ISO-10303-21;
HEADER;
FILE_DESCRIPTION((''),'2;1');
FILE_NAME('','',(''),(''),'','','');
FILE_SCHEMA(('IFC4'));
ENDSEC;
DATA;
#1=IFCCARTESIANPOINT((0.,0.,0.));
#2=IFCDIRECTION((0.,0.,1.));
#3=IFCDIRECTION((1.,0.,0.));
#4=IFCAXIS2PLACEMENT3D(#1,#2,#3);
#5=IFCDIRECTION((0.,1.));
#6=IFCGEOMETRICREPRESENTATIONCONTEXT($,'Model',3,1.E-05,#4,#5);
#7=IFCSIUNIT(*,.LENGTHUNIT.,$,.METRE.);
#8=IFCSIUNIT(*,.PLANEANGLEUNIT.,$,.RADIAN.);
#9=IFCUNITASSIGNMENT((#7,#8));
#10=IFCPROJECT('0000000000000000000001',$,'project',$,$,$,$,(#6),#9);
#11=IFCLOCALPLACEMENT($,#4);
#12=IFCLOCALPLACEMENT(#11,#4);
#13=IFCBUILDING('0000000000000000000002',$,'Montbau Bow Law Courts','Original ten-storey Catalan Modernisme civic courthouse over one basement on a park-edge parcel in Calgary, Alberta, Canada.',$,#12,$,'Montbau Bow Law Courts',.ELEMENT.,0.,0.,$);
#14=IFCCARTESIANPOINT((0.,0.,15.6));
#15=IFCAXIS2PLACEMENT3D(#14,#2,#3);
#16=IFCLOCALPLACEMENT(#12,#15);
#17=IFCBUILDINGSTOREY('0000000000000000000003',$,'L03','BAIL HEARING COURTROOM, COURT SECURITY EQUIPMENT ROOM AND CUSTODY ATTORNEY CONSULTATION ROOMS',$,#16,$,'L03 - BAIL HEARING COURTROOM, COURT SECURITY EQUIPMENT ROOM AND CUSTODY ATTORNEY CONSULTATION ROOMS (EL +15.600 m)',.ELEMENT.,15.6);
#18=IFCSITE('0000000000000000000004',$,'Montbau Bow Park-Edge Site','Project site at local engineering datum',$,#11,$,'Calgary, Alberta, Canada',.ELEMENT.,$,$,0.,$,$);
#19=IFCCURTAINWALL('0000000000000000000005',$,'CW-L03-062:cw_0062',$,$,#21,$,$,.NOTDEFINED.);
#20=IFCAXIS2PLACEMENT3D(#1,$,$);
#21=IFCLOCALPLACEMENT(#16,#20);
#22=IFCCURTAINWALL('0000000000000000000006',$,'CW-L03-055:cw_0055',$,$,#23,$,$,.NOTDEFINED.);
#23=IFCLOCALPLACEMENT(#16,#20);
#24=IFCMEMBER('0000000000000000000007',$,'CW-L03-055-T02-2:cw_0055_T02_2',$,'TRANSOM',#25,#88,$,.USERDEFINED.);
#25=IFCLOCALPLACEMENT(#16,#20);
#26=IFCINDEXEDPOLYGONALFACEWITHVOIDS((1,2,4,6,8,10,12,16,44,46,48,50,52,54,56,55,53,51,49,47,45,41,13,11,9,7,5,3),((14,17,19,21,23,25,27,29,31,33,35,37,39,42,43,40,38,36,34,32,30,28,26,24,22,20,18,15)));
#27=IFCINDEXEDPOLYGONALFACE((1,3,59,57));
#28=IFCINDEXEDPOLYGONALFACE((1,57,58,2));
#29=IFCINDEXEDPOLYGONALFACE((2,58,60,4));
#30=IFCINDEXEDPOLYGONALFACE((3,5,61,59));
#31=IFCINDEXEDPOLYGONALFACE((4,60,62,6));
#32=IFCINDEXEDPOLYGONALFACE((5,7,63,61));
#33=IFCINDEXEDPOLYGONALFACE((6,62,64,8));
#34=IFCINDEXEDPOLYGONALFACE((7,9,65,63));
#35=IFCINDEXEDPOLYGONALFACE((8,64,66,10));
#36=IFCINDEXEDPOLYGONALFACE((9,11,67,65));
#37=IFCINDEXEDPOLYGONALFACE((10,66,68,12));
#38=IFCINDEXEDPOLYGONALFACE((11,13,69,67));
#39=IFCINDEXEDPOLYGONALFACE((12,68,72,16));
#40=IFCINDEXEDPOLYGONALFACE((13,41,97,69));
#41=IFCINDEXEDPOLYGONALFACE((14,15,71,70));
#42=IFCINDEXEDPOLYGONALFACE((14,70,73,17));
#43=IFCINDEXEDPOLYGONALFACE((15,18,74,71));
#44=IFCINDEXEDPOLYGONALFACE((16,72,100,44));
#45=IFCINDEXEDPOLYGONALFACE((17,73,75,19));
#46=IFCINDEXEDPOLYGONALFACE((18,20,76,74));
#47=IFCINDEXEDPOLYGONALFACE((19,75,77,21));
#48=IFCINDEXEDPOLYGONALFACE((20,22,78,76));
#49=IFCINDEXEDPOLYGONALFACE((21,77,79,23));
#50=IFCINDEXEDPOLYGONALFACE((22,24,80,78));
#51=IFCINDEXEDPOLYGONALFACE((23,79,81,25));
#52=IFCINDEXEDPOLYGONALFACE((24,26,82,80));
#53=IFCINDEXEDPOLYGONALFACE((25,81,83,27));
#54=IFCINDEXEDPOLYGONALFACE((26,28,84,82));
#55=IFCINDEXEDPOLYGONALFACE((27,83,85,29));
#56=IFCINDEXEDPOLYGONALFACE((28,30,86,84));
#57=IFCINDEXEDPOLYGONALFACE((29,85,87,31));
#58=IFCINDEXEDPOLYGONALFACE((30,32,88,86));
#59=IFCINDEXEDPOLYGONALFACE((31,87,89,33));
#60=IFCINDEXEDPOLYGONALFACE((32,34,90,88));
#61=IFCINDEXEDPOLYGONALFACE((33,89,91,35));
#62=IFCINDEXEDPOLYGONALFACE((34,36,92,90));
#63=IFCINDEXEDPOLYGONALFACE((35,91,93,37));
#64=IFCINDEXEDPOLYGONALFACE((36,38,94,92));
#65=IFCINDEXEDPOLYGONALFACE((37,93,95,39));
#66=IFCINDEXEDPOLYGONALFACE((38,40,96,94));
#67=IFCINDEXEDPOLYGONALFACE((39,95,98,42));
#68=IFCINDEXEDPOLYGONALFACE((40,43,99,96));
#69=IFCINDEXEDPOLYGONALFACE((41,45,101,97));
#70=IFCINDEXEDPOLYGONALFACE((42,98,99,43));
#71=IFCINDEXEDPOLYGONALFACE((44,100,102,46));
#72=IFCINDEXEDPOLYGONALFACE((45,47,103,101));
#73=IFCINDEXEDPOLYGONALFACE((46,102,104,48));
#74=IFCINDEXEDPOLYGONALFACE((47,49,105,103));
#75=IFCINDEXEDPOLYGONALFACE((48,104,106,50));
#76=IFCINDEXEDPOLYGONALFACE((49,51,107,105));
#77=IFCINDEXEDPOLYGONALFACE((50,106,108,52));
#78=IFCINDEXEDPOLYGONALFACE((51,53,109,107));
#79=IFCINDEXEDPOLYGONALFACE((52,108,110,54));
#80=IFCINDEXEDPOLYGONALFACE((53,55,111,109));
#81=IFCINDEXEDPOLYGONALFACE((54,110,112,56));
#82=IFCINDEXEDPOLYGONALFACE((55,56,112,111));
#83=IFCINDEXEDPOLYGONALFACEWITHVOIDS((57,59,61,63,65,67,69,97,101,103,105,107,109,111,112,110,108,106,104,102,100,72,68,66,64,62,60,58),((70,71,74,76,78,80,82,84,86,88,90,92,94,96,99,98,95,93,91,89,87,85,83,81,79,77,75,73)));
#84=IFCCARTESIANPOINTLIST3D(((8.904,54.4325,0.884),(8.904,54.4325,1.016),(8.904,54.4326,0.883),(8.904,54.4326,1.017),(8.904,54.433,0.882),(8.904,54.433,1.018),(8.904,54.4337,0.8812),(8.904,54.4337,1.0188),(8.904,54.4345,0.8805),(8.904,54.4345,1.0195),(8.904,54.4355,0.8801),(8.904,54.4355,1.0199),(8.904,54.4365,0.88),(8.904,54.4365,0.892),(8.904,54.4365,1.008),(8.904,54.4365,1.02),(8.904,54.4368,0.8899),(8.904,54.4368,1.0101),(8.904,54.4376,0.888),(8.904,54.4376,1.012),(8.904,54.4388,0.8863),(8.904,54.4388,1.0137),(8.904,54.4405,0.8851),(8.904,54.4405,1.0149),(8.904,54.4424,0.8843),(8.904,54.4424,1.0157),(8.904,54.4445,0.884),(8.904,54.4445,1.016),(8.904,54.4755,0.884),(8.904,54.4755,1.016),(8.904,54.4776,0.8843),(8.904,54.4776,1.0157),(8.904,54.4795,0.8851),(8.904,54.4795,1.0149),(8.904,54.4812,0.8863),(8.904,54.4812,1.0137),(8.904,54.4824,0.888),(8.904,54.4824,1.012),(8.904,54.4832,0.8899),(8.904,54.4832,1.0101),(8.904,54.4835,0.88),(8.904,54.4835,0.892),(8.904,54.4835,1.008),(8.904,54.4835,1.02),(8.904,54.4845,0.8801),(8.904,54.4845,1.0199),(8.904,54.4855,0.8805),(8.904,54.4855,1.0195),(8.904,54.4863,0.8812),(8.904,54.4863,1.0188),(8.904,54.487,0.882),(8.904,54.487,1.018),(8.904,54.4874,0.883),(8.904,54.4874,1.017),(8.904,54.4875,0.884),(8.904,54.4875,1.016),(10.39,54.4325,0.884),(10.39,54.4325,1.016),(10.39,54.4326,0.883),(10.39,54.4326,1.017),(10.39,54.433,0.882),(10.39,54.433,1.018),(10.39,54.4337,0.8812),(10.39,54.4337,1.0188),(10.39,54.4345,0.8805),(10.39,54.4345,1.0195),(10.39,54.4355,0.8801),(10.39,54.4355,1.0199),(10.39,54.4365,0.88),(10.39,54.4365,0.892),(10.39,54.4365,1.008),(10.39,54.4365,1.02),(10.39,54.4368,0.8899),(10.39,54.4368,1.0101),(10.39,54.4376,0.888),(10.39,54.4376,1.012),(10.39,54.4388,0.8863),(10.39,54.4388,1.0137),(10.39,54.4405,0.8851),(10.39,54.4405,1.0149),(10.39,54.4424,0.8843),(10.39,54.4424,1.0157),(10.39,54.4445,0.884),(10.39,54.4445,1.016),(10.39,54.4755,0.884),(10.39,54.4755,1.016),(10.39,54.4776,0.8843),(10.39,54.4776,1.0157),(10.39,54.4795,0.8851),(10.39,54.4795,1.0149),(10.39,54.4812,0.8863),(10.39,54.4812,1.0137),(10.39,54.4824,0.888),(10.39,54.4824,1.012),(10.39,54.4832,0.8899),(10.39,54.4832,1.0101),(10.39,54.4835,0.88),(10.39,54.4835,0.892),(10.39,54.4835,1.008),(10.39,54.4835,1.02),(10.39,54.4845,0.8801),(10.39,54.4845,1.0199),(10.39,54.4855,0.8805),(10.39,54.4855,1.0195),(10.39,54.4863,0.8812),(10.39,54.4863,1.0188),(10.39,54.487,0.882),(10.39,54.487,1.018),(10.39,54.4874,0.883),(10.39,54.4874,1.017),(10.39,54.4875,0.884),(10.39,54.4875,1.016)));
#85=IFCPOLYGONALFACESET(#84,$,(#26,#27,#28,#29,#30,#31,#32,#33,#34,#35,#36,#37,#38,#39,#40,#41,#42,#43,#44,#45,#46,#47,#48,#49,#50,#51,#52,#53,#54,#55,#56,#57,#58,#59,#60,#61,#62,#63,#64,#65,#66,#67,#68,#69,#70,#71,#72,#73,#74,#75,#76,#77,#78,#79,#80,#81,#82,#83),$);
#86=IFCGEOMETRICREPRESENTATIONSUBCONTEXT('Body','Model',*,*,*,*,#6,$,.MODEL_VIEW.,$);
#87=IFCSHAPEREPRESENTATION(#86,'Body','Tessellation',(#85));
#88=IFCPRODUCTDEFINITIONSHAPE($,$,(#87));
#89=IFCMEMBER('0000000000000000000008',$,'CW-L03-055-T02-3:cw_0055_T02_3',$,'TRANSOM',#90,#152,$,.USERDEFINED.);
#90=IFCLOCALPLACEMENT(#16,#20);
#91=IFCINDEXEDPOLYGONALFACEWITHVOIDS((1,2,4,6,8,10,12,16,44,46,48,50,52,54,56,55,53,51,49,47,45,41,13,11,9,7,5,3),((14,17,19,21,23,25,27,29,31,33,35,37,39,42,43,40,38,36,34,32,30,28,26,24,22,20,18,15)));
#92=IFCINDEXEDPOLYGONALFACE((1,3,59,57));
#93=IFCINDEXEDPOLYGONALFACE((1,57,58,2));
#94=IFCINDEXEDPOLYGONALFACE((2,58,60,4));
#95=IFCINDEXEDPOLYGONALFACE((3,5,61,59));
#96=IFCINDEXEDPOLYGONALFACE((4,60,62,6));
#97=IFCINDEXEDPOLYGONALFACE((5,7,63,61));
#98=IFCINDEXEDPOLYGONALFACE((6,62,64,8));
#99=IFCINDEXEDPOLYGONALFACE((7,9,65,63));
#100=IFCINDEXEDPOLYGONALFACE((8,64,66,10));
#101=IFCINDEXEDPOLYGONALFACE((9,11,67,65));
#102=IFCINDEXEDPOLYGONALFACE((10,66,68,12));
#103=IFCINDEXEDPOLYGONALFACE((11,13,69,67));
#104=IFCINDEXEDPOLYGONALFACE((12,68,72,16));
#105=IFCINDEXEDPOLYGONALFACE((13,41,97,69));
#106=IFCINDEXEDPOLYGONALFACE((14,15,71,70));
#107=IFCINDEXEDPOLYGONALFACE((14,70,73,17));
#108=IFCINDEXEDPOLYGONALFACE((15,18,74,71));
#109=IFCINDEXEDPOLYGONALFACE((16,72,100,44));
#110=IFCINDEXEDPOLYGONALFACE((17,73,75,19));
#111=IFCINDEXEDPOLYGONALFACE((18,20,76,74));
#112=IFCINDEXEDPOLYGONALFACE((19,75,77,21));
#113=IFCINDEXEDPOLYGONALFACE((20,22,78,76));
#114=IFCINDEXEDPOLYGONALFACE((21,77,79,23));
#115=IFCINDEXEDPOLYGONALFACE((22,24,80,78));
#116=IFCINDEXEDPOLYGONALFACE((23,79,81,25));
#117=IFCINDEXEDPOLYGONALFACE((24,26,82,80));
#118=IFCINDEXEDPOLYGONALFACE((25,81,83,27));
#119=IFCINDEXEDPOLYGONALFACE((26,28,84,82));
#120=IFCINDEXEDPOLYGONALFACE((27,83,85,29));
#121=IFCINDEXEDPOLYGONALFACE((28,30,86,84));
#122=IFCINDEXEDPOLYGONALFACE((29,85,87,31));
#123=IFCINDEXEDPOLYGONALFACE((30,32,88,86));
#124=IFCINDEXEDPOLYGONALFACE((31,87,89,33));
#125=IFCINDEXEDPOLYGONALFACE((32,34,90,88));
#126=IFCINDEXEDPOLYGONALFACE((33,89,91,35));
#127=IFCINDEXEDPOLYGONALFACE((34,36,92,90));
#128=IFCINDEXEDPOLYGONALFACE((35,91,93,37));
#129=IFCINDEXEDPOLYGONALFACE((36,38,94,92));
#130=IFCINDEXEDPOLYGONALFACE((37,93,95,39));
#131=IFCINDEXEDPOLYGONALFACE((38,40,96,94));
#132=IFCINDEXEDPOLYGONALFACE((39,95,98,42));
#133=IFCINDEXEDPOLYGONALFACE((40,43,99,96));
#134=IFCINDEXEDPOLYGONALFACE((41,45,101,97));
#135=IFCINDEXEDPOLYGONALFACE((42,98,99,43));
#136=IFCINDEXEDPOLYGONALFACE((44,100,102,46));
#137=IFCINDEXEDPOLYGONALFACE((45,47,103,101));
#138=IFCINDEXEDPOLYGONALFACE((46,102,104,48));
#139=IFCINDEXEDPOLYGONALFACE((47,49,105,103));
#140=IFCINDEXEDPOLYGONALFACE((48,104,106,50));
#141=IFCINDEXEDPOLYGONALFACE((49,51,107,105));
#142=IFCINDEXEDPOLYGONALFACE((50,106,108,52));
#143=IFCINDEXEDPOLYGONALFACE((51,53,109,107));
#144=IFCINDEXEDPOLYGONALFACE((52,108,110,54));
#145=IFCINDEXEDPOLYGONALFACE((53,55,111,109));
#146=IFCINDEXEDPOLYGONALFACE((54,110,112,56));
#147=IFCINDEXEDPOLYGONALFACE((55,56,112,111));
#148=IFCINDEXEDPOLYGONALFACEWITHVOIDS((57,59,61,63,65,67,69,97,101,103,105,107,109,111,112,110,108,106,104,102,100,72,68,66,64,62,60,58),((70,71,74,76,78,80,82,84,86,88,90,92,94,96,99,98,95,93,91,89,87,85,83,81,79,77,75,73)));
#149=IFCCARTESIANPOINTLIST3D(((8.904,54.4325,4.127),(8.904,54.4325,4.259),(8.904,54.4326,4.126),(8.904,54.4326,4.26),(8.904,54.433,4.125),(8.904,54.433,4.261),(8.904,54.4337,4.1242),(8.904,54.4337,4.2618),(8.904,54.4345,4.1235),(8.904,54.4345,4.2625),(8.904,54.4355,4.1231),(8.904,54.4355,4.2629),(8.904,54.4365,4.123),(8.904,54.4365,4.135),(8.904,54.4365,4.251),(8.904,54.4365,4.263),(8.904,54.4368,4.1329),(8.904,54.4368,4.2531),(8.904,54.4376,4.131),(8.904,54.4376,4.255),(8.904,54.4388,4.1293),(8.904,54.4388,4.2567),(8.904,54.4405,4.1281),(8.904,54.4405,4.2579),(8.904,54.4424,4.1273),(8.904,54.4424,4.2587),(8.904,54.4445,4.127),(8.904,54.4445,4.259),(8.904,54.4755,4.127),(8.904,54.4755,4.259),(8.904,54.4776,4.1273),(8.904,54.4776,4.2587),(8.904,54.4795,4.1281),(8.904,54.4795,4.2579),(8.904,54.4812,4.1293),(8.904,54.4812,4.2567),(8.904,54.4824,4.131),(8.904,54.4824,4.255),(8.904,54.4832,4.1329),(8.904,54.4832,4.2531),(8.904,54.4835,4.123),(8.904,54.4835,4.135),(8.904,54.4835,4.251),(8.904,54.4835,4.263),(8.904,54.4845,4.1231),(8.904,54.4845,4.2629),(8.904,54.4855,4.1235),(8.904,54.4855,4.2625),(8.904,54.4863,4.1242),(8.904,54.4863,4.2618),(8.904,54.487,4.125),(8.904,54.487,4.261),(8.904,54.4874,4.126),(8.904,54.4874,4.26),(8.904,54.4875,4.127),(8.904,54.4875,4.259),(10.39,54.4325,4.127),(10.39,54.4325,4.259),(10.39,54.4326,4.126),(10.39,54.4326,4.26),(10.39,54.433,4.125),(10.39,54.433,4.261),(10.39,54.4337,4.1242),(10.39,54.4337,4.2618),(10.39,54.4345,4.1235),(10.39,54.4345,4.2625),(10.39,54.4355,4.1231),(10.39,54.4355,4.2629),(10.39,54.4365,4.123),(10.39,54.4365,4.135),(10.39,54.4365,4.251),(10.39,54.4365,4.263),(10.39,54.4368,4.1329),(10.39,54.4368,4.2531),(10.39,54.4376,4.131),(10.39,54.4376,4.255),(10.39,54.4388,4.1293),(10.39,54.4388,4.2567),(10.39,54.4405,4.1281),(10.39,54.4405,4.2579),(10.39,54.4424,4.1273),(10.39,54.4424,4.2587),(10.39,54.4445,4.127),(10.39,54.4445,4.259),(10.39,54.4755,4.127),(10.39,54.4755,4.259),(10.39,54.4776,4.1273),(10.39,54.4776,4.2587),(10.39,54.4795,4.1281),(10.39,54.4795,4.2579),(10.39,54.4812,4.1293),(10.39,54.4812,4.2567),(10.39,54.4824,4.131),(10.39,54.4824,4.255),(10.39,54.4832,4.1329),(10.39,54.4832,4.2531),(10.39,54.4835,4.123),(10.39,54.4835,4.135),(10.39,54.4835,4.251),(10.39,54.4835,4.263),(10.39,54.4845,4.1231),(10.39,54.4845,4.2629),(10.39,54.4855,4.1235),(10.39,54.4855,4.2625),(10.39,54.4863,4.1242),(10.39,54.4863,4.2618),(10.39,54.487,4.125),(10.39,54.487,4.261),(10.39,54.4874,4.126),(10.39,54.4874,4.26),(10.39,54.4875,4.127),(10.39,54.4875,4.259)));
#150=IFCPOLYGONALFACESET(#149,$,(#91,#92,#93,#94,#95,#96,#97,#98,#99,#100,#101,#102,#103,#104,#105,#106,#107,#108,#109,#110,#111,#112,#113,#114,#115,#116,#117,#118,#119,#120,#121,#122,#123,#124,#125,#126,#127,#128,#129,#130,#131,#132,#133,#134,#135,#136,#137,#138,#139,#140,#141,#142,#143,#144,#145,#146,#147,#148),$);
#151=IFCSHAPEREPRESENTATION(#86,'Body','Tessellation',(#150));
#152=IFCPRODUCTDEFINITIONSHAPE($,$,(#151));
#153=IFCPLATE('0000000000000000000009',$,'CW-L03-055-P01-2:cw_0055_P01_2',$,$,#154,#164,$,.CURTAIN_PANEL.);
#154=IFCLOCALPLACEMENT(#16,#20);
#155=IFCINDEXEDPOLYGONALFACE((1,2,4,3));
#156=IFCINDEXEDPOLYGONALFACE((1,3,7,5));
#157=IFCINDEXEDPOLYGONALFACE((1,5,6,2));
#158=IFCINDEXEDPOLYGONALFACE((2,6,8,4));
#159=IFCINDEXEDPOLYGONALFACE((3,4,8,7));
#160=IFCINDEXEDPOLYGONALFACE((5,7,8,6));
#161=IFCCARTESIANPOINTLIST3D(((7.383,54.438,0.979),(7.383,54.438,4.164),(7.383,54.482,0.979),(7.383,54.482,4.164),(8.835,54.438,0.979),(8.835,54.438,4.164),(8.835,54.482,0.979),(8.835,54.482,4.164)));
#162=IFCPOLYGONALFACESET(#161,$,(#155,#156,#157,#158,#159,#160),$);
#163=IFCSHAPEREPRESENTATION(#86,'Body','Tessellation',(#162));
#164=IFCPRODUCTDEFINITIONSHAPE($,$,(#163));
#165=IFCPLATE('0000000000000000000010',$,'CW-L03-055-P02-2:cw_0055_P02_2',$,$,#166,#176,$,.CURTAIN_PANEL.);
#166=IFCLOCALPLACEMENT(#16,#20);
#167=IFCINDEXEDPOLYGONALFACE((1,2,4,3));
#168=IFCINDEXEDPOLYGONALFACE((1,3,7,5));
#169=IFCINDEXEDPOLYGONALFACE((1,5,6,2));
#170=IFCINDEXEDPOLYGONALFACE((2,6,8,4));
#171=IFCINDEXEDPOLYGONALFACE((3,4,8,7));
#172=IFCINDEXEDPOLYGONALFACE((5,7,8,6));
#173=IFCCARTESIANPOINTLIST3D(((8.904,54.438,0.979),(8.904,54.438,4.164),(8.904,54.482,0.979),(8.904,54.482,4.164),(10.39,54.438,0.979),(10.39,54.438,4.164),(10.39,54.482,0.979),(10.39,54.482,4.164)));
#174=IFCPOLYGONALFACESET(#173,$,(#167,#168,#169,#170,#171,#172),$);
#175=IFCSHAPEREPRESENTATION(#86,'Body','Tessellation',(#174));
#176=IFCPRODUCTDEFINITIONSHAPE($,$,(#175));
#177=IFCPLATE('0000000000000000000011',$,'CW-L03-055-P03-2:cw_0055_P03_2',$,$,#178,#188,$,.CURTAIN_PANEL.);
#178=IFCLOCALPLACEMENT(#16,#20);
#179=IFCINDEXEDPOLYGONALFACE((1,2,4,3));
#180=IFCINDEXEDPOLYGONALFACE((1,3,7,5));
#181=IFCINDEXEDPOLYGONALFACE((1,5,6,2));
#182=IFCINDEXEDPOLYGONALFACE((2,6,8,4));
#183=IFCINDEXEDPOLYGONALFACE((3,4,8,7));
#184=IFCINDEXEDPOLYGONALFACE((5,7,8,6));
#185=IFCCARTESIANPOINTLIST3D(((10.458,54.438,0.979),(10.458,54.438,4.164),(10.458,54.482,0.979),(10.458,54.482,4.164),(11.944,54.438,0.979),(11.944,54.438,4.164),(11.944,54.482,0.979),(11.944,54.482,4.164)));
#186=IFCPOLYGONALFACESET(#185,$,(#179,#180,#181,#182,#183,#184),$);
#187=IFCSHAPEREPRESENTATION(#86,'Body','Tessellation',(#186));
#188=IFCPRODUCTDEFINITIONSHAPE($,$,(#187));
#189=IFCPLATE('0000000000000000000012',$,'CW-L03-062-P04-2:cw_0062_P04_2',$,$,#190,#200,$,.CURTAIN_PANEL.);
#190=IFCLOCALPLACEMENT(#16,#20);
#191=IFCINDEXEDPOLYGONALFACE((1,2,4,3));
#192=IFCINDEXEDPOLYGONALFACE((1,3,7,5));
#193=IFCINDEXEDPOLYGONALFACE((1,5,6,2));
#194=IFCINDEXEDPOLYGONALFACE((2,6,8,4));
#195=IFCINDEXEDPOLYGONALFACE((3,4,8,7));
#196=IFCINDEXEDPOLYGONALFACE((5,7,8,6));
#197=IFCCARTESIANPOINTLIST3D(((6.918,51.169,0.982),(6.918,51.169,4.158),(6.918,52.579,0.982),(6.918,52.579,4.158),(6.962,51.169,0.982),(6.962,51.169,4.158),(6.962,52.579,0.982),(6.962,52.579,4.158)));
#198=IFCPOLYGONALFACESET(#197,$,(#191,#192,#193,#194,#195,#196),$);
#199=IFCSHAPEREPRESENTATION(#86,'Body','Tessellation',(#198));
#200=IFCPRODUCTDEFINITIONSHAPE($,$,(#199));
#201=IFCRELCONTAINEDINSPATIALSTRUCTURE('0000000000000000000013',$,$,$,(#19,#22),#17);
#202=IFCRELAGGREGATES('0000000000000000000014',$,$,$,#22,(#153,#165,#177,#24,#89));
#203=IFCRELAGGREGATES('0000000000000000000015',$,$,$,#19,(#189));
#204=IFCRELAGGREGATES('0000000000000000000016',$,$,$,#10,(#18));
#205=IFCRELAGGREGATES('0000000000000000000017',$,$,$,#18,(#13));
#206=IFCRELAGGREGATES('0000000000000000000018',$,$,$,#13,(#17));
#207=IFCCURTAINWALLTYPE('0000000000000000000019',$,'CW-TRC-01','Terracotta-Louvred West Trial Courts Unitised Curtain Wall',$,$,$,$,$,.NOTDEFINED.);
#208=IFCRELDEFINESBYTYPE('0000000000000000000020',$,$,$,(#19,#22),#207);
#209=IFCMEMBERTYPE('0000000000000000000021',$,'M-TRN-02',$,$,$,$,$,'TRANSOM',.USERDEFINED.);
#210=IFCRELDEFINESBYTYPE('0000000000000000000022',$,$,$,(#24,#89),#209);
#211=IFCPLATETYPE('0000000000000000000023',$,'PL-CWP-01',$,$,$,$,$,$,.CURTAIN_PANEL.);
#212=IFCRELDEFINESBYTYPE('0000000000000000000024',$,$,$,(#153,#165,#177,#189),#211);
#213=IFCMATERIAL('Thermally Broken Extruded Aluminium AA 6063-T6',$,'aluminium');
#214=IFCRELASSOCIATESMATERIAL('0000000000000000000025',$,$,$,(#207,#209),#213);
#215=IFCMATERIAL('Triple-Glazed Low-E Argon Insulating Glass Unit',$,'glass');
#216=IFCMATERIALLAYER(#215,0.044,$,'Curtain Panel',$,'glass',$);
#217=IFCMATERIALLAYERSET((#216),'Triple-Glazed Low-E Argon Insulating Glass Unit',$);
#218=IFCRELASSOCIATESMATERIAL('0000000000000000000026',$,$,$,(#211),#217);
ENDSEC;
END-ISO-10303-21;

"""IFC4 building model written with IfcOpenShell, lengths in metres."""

from ifc_helpers import new_model, si_unit, direction, frame, frame_2d, origin_with_axes, origin_2d_with_axis, place, context, subcontext, project, spatial, rectangle, hollow_rectangle, extrude, material, layer, layer_set, material_profile, profile_set, type_object, element, aggregate, save


model = new_model("IFC4")

# Units and contexts
model_context = context("Model", 3, precision=1e-05, world=origin_with_axes(), true_north=direction((0.0, 1.0)))
body_context = subcontext(model_context, "Body", "Model", "MODEL_VIEW")
ifc_project = project(units=[si_unit("LENGTHUNIT", "METRE"), si_unit("PLANEANGLEUNIT", "RADIAN")], contexts=[model_context])

# Site, building, storey
site_placement = place(None, origin_with_axes())
site = spatial("IfcSite", under=ifc_project, at=site_placement, Name="Montbau Bow Park-Edge Site", Description="Project site at local engineering datum", LongName="Calgary, Alberta, Canada", CompositionType="ELEMENT", RefElevation=0.0)
building_placement = place(site_placement, origin_with_axes())
building = spatial("IfcBuilding", under=site, at=building_placement, Name="Montbau Bow Law Courts", Description="Original ten-storey Catalan Modernisme civic courthouse over one basement on a park-edge parcel in Calgary, Alberta, Canada.", LongName="Montbau Bow Law Courts", CompositionType="ELEMENT", ElevationOfRefHeight=0.0, ElevationOfTerrain=0.0)
storey_placement = place(building_placement, frame((0.0, 0.0, 15.6), z_axis=(0.0, 0.0, 1.0), x_axis=(1.0, 0.0, 0.0)))
storey = spatial("IfcBuildingStorey", under=building, at=storey_placement, Name="L03", Description="BAIL HEARING COURTROOM, COURT SECURITY EQUIPMENT ROOM AND CUSTODY ATTORNEY CONSULTATION ROOMS", LongName="L03 - BAIL HEARING COURTROOM, COURT SECURITY EQUIPMENT ROOM AND CUSTODY ATTORNEY CONSULTATION ROOMS (EL +15.600 m)", CompositionType="ELEMENT", Elevation=15.6)

# Curtain wall
ifc_material_1 = material(Name="Thermally Broken Extruded Aluminium AA 6063-T6", Category="aluminium")
curtain_wall_type = type_object("IfcCurtainWallType", Name="CW-TRC-01", Description="Terracotta-Louvred West Trial Courts Unitised Curtain Wall", PredefinedType="NOTDEFINED", material=ifc_material_1)
curtain_wall_1_placement = place(None, frame((6.94, 46.715, 15.6), z_axis=(0.0, 0.0, 1.0), x_axis=(1.0, 0.0, 0.0)))
curtain_wall_1 = element("IfcCurtainWall", 1, at=curtain_wall_1_placement, inside=storey, type_object=curtain_wall_type, Name="CW-L03-062:cw_0062", PredefinedType="NOTDEFINED")

# Curtain wall, members, plates
curtain_wall_2_placement = place(None, frame((7.315, 54.46, 15.6), z_axis=(0.0, 0.0, 1.0), x_axis=(1.0, 0.0, 0.0)))
curtain_wall_2 = element("IfcCurtainWall", 2, at=curtain_wall_2_placement, inside=storey, type_object=curtain_wall_type, Name="CW-L03-055:cw_0055", PredefinedType="NOTDEFINED")
ifc_material_profile_1 = material_profile(ifc_material_1, hollow_rectangle(XDim=0.055, YDim=0.14, WallThickness=0.004, InnerFilletRadius=0.008, OuterFilletRadius=0.004, at=origin_2d_with_axis()), Name="CWT-140X55", Category="Main", Priority=0)
ifc_profile_set_1 = profile_set([ifc_material_profile_1], Name="Thermally Broken Extruded Aluminium AA 6063-T6")
member_type_1 = type_object("IfcMemberType", Name="M-TRN-02", ElementType="TRANSOM", PredefinedType="USERDEFINED", material=ifc_profile_set_1)
member_1_placement = place(None, frame((8.904, 54.46, 16.55), z_axis=(1.0, 0.0, 0.0), x_axis=(0.0, 1.0, 0.0)))
member_1 = element("IfcMember", 3, at=member_1_placement, type_object=member_type_1, Name="CW-L03-055-T02-2:cw_0055_T02_2", ObjectType="TRANSOM", PredefinedType="USERDEFINED", context=body_context, shape_type="SweptSolid", body=[
    extrude(hollow_rectangle(XDim=0.055, YDim=0.14, WallThickness=0.004, InnerFilletRadius=0.008, OuterFilletRadius=0.004, at=origin_2d_with_axis()), origin_with_axes(), (0.0, 0.0, 1.0), 1.486),
])
member_2_placement = place(None, frame((8.904, 54.46, 19.793), z_axis=(1.0, 0.0, 0.0), x_axis=(0.0, 1.0, 0.0)))
member_2 = element("IfcMember", 4, at=member_2_placement, type_object=member_type_1, Name="CW-L03-055-T02-3:cw_0055_T02_3", ObjectType="TRANSOM", PredefinedType="USERDEFINED", context=body_context, shape_type="SweptSolid", body=[
    extrude(hollow_rectangle(XDim=0.055, YDim=0.14, WallThickness=0.004, InnerFilletRadius=0.008, OuterFilletRadius=0.004, at=origin_2d_with_axis()), origin_with_axes(), (0.0, 0.0, 1.0), 1.486),
])
ifc_material_2 = material(Name="Triple-Glazed Low-E Argon Insulating Glass Unit", Category="glass")
ifc_layer_1 = layer(ifc_material_2, 0.044, Name="Curtain Panel", Category="glass")
ifc_layer_set_1 = layer_set([ifc_layer_1], Name="Triple-Glazed Low-E Argon Insulating Glass Unit")
plate_type_1 = type_object("IfcPlateType", Name="PL-CWP-01", PredefinedType="CURTAIN_PANEL", material=ifc_layer_set_1)
plate_1_placement = place(None, frame((7.383, 54.46, 16.579), z_axis=(0.0, -1.0, 0.0), x_axis=(1.0, 0.0, 0.0)))
plate_1 = element("IfcPlate", 5, at=plate_1_placement, type_object=plate_type_1, Name="CW-L03-055-P01-2:cw_0055_P01_2", PredefinedType="CURTAIN_PANEL", context=body_context, shape_type="SweptSolid", body=[
    extrude(rectangle(XDim=1.452, YDim=3.185, at=frame_2d((0.726, 1.5925), x_axis=(1.0, 0.0))), frame((0.0, 0.0, -0.022), z_axis=(0.0, 0.0, 1.0), x_axis=(1.0, 0.0, 0.0)), (0.0, 0.0, 1.0), 0.044),
])
plate_2_placement = place(None, frame((8.904, 54.46, 16.579), z_axis=(0.0, -1.0, 0.0), x_axis=(1.0, 0.0, 0.0)))
plate_2 = element("IfcPlate", 6, at=plate_2_placement, type_object=plate_type_1, Name="CW-L03-055-P02-2:cw_0055_P02_2", PredefinedType="CURTAIN_PANEL", context=body_context, shape_type="SweptSolid", body=[
    extrude(rectangle(XDim=1.486, YDim=3.185, at=frame_2d((0.743, 1.5925), x_axis=(1.0, 0.0))), frame((0.0, 0.0, -0.022), z_axis=(0.0, 0.0, 1.0), x_axis=(1.0, 0.0, 0.0)), (0.0, 0.0, 1.0), 0.044),
])
plate_3_placement = place(None, frame((10.458, 54.46, 16.579), z_axis=(0.0, -1.0, 0.0), x_axis=(1.0, 0.0, 0.0)))
plate_3 = element("IfcPlate", 7, at=plate_3_placement, type_object=plate_type_1, Name="CW-L03-055-P03-2:cw_0055_P03_2", PredefinedType="CURTAIN_PANEL", context=body_context, shape_type="SweptSolid", body=[
    extrude(rectangle(XDim=1.486, YDim=3.185, at=frame_2d((0.743, 1.5925), x_axis=(1.0, 0.0))), frame((0.0, 0.0, -0.022), z_axis=(0.0, 0.0, 1.0), x_axis=(1.0, 0.0, 0.0)), (0.0, 0.0, 1.0), 0.044),
])

# Plate
plate_4_placement = place(None, frame((6.94, 51.169, 16.582), z_axis=(1.0, 0.0, 0.0), x_axis=(0.0, 1.0, 0.0)))
plate_4 = element("IfcPlate", 8, at=plate_4_placement, type_object=plate_type_1, Name="CW-L03-062-P04-2:cw_0062_P04_2", PredefinedType="CURTAIN_PANEL", context=body_context, shape_type="SweptSolid", body=[
    extrude(rectangle(XDim=1.41, YDim=3.176, at=frame_2d((0.705, 1.588), x_axis=(1.0, 0.0))), frame((0.0, 0.0, -0.022), z_axis=(0.0, 0.0, 1.0), x_axis=(1.0, 0.0, 0.0)), (0.0, 0.0, 1.0), 0.044),
])
aggregate(curtain_wall_2, [plate_1, plate_2, plate_3, member_1, member_2])
aggregate(curtain_wall_1, [plate_4])

save(model, "model.ifc")
